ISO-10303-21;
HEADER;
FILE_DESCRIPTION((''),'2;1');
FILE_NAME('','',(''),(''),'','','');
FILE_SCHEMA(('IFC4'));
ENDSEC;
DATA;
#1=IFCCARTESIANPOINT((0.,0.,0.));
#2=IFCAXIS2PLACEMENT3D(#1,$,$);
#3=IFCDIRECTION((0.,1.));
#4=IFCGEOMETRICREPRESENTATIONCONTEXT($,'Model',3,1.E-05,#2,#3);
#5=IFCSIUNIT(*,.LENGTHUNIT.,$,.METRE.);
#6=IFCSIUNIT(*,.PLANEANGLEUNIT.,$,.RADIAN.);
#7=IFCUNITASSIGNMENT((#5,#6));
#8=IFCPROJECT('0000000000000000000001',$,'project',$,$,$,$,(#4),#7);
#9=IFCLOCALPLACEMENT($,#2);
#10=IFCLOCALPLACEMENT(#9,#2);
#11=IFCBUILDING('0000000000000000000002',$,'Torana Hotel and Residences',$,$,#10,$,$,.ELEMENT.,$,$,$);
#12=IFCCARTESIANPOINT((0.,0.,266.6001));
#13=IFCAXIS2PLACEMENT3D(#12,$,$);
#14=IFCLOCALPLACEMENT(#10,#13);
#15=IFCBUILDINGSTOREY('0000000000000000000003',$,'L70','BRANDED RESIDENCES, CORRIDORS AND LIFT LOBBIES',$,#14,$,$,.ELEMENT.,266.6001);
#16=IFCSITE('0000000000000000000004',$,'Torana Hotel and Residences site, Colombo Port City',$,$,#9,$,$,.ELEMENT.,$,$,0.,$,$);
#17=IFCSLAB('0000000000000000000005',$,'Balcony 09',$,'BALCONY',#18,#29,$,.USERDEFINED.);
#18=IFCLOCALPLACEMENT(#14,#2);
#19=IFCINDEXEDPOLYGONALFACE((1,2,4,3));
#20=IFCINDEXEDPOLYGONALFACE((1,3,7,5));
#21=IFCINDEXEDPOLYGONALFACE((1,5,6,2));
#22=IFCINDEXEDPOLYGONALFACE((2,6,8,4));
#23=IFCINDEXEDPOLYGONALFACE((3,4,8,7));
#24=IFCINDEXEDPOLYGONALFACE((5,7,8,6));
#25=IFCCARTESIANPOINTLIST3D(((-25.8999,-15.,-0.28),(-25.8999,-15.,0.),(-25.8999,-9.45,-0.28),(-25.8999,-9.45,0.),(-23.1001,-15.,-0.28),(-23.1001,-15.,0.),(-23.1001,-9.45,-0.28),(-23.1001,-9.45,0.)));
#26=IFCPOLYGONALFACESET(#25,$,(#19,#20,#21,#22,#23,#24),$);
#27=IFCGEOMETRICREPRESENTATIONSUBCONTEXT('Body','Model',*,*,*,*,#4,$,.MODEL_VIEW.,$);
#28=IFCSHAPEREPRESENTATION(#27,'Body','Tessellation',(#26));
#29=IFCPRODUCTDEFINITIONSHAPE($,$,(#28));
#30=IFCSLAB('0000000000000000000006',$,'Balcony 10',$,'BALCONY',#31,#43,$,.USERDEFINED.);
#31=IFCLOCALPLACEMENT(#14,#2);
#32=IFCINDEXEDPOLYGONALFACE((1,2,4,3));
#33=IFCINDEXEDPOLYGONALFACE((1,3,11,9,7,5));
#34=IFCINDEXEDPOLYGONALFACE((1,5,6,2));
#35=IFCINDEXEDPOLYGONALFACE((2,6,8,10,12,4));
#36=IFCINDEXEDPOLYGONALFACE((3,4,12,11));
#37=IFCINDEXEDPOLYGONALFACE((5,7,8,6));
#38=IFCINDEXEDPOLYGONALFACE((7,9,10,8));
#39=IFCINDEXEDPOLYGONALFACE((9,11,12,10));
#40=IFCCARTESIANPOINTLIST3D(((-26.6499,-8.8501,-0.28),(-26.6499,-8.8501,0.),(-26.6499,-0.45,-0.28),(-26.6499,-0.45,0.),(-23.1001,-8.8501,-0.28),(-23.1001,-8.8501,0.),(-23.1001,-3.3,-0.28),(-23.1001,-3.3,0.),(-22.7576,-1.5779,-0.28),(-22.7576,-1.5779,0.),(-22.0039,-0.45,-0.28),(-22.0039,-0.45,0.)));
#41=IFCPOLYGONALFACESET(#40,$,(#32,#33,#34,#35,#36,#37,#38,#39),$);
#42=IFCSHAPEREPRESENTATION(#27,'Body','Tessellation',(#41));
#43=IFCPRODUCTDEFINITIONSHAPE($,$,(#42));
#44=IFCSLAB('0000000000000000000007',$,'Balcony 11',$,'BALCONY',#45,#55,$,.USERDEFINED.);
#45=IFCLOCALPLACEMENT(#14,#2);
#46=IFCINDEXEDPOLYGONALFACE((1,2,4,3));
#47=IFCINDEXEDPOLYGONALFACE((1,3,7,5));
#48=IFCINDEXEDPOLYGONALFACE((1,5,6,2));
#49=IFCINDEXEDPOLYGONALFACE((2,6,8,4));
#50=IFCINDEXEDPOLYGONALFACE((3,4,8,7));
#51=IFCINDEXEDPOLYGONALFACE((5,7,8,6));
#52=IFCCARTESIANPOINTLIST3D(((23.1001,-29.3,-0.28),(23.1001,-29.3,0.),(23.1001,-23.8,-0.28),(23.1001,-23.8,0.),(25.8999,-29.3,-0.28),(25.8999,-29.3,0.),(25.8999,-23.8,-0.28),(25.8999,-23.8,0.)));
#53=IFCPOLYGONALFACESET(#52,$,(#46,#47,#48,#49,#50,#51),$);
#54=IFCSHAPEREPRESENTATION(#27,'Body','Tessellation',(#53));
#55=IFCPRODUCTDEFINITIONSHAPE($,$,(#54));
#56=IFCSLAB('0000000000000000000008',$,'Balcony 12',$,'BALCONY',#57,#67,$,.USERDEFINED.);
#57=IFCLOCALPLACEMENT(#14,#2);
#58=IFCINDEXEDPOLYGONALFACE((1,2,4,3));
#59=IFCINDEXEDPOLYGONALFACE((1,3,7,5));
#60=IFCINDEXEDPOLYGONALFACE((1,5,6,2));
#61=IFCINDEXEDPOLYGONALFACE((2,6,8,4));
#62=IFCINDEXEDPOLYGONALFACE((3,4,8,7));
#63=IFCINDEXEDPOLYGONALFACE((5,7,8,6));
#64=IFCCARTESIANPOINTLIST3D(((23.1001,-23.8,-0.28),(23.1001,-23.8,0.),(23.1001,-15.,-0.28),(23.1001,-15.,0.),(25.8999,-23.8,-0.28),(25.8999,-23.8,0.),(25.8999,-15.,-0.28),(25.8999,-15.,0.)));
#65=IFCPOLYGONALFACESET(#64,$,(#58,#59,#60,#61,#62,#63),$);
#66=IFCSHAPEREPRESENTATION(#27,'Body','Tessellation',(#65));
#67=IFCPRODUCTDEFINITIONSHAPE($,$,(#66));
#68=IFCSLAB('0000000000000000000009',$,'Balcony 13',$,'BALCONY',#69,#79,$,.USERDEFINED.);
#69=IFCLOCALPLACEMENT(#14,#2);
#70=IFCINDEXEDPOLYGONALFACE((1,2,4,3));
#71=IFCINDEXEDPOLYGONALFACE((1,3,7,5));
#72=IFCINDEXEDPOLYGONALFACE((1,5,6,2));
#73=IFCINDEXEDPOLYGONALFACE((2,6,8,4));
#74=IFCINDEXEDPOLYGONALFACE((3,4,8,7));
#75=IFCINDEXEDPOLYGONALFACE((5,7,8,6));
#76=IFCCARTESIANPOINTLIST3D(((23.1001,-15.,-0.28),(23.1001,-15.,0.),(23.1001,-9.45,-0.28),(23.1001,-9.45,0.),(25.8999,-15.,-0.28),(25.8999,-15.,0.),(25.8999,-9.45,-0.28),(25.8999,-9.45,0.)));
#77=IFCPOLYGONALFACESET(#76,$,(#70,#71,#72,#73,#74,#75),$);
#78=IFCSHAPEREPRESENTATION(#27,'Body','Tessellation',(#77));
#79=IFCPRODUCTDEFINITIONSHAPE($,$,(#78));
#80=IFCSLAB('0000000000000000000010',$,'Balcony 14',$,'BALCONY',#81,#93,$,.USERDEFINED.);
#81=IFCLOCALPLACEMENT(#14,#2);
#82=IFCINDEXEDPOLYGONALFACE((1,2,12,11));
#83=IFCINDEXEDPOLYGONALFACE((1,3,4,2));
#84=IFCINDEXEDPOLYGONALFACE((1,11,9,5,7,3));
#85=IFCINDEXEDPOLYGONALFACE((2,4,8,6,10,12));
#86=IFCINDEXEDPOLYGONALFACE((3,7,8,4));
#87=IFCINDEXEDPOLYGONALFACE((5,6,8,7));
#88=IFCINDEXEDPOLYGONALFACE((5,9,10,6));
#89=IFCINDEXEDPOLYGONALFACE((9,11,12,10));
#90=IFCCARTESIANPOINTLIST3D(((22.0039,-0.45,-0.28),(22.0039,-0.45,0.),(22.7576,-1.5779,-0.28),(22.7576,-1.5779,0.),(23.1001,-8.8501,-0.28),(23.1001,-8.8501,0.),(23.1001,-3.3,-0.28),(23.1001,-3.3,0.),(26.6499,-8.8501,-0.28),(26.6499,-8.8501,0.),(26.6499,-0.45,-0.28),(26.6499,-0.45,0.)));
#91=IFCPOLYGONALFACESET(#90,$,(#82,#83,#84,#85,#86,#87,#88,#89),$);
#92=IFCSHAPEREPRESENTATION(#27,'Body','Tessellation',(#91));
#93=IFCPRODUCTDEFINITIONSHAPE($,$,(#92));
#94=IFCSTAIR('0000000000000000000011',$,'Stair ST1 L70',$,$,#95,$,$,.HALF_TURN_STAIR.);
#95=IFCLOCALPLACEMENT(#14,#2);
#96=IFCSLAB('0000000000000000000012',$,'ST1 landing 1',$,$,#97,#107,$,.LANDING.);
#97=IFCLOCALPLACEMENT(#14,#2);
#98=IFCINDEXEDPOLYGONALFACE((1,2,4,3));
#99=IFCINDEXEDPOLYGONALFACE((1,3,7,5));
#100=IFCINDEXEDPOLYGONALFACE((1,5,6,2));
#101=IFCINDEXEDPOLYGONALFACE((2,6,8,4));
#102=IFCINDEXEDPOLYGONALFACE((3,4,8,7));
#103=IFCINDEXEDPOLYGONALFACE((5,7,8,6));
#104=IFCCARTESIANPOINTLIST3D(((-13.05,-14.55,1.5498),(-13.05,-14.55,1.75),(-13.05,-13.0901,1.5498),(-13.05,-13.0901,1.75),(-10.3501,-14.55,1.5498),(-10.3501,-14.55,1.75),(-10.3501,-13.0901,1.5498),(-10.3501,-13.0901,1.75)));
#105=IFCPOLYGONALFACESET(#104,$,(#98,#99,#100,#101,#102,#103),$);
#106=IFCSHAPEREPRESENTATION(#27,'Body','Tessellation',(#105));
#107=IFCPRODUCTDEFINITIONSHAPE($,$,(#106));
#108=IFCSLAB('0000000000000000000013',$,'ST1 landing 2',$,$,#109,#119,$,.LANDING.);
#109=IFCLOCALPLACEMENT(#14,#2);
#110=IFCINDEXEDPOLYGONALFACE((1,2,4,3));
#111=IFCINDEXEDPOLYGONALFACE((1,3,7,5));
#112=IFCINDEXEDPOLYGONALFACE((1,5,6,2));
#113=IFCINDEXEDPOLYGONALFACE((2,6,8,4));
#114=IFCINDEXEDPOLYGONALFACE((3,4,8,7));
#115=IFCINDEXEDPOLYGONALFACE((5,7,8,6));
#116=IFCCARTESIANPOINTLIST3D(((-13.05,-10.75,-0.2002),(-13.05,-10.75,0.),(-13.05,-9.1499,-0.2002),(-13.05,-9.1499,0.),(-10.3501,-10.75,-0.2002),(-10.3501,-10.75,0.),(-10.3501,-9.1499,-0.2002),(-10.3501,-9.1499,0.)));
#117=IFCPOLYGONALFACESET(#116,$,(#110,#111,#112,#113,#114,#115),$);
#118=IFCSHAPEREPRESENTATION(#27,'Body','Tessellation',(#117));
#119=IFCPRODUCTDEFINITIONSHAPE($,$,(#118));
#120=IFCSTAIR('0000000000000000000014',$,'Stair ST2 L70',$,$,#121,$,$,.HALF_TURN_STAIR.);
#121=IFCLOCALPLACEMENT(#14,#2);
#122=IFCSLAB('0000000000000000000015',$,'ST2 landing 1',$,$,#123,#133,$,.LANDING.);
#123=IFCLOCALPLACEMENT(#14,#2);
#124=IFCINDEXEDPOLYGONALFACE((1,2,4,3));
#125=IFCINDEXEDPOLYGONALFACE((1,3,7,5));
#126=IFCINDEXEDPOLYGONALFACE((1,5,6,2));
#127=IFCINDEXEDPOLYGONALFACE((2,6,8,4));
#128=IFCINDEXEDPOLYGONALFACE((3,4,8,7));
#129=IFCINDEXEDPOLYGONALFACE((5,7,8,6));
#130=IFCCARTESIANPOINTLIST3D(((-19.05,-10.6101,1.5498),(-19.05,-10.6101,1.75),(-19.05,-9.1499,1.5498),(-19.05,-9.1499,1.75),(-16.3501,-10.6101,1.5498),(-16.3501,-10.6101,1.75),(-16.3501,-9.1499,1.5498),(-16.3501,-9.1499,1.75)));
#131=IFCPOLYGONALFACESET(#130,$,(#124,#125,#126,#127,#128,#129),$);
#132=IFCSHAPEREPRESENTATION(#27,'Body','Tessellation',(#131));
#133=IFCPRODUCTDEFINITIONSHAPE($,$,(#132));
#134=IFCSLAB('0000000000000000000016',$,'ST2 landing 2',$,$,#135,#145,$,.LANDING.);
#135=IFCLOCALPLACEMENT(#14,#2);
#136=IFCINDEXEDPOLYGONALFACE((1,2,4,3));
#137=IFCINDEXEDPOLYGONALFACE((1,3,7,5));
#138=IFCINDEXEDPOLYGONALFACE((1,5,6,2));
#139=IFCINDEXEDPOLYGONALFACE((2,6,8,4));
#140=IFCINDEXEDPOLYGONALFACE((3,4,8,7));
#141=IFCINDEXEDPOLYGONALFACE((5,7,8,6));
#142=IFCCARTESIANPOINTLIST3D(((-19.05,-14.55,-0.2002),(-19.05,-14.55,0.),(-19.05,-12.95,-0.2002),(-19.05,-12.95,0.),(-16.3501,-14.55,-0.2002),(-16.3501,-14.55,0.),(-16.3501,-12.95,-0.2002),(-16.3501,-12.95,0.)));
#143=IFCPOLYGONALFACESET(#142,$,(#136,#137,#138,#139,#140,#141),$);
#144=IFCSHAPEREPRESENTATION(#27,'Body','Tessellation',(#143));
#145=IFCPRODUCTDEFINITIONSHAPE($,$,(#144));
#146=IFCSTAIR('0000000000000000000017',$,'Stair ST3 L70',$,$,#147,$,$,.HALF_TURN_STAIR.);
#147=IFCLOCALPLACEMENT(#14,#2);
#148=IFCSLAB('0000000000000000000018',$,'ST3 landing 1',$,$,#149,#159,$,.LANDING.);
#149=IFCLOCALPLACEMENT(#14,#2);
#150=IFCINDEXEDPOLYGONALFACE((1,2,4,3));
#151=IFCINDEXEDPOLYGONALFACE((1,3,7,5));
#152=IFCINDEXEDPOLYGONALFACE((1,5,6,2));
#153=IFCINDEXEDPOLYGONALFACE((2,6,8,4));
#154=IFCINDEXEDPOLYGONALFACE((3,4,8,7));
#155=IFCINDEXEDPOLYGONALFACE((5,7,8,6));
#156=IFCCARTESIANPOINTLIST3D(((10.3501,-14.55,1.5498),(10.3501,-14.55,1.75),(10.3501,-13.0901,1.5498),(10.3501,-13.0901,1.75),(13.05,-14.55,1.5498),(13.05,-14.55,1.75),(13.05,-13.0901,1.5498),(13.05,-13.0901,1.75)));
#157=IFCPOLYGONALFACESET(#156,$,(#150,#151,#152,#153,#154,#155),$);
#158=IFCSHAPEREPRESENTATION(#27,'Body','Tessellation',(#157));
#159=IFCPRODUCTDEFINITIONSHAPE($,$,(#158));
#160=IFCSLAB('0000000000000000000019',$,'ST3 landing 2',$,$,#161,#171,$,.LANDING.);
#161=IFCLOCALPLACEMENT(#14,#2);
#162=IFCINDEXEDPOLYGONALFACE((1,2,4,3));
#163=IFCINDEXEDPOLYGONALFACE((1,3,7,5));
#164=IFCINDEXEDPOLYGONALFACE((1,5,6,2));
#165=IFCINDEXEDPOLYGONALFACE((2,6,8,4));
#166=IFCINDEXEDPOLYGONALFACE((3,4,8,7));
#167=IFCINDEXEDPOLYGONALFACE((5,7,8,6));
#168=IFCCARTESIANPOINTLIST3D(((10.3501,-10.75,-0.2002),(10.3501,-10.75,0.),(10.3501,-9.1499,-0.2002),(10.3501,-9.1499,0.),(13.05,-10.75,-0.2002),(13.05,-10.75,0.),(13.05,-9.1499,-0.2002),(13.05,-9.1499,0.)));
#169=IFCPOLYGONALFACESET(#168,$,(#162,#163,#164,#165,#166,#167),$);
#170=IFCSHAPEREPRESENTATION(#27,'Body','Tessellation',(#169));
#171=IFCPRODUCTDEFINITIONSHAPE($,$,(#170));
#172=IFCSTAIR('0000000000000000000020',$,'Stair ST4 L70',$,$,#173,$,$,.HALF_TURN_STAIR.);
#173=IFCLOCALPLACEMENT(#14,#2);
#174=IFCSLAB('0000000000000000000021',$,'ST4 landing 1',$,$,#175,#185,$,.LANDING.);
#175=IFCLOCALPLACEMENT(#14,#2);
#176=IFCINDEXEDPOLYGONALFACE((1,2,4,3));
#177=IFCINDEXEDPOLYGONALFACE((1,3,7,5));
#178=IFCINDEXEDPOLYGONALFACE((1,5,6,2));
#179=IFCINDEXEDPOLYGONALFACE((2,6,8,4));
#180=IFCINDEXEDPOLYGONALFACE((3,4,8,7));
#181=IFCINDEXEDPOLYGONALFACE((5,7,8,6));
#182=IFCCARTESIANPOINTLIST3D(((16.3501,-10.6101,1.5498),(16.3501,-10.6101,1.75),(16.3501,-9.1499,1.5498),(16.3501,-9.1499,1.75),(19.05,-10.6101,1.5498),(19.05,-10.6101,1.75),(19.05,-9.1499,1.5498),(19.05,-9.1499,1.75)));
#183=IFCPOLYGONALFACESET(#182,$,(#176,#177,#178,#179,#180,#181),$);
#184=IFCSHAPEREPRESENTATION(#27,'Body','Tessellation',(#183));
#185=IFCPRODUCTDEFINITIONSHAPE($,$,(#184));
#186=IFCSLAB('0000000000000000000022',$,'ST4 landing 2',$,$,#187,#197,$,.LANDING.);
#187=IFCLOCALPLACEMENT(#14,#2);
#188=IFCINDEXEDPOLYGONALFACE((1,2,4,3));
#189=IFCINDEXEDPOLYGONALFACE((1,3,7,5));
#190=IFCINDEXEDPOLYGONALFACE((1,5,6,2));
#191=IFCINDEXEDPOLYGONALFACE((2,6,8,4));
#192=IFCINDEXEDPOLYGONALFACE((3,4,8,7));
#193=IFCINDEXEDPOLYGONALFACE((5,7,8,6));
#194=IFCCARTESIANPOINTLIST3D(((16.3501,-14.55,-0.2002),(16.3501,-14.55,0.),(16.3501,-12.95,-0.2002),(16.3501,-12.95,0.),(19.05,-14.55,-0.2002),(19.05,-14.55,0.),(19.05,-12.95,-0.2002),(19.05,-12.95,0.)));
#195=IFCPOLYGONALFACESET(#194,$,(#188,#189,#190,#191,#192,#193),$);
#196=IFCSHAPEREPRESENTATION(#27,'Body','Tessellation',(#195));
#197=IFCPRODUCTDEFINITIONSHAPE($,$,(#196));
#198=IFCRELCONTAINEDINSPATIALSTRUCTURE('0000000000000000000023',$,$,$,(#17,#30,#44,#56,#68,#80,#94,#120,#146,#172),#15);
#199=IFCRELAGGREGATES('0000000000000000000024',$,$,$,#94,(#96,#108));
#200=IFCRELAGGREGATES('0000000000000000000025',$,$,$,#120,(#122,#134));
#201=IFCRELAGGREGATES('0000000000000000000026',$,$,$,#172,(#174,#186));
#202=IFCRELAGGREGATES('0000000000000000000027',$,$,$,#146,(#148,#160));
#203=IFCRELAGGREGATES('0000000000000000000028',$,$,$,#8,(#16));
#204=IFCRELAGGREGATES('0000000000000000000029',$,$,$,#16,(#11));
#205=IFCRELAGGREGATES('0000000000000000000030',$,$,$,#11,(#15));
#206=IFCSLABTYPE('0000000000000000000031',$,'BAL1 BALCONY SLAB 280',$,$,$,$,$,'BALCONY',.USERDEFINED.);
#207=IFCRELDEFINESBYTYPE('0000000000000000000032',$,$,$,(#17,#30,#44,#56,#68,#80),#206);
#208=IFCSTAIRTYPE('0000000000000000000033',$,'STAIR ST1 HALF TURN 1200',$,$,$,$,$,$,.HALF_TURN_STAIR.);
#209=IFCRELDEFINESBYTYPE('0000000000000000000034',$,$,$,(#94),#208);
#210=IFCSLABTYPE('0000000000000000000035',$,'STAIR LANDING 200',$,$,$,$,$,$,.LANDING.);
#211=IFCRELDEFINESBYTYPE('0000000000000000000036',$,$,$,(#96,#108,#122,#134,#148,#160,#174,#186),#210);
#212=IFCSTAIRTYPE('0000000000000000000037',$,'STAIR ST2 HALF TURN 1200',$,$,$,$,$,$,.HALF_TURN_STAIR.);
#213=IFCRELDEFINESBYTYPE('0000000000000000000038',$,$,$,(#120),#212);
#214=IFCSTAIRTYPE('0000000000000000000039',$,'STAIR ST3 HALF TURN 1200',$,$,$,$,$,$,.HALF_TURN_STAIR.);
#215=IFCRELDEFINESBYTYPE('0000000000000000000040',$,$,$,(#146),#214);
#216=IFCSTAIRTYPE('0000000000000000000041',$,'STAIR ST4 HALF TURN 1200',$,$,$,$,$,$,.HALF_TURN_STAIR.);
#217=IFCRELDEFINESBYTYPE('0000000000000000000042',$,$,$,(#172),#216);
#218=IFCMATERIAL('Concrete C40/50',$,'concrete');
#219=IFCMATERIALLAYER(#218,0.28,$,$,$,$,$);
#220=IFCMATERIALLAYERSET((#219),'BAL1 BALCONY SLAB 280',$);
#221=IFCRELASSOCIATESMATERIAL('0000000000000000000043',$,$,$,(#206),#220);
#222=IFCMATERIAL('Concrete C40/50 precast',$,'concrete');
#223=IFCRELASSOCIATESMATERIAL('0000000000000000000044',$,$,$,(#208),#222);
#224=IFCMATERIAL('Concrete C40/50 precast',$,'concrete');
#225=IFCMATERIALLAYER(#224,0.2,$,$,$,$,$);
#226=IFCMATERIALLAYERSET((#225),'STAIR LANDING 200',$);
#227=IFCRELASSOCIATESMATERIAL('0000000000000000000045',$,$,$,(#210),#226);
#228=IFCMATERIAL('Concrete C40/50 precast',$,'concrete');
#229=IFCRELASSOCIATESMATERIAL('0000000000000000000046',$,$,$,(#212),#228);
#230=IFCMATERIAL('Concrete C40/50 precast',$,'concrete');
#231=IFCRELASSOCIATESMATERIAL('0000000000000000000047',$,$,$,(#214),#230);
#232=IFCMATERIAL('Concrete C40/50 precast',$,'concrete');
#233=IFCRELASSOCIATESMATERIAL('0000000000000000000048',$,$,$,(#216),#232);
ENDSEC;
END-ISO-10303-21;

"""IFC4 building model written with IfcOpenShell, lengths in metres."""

from ifc_helpers import new_model, si_unit, direction, frame, origin, place, context, subcontext, project, spatial, polyline, outline, extrude, material, layer, layer_set, type_object, element, aggregate, save


model = new_model("IFC4")

# Units and contexts
model_context = context("Model", 3, precision=1e-05, world=origin(), true_north=direction((0.0, 1.0)))
body_context = subcontext(model_context, "Body", "Model", "MODEL_VIEW")
ifc_project = project(units=[si_unit("LENGTHUNIT", "METRE"), si_unit("PLANEANGLEUNIT", "RADIAN")], contexts=[model_context])

# Site, building, storey
site_placement = place(None, origin())
site = spatial("IfcSite", under=ifc_project, at=site_placement, Name="Torana Hotel and Residences site, Colombo Port City", CompositionType="ELEMENT", RefElevation=0.0)
building_placement = place(site_placement, origin())
building = spatial("IfcBuilding", under=site, at=building_placement, Name="Torana Hotel and Residences", CompositionType="ELEMENT")
storey_placement = place(building_placement, frame((0.0, 0.0, 266.6001)))
storey = spatial("IfcBuildingStorey", under=building, at=storey_placement, Name="L70", Description="BRANDED RESIDENCES, CORRIDORS AND LIFT LOBBIES", CompositionType="ELEMENT", Elevation=266.6001)

# Slabs
ifc_material_1 = material(Name="Concrete C40/50", Category="concrete")
ifc_layer_1 = layer(ifc_material_1, 0.28)
ifc_layer_set_1 = layer_set([ifc_layer_1], Name="BAL1 BALCONY SLAB 280")
slab_type_1 = type_object("IfcSlabType", Name="BAL1 BALCONY SLAB 280", ElementType="BALCONY", PredefinedType="USERDEFINED", material=ifc_layer_set_1)
slab_1_placement = place(storey_placement, frame((0.0, 0.0, -0.28)))
element("IfcSlab", 1, at=slab_1_placement, inside=storey, type_object=slab_type_1, Name="Balcony 09", ObjectType="BALCONY", PredefinedType="USERDEFINED", context=body_context, shape_type="SweptSolid", body=[
    extrude(outline(polyline([(-25.8999, -15.0), (-23.1001, -15.0), (-23.1001, -9.45), (-25.8999, -9.45), (-25.8999, -15.0)])), origin(), (0.0, 0.0, 1.0), 0.28),
])
slab_2_placement = place(storey_placement, frame((0.0, 0.0, -0.28)))
element("IfcSlab", 2, at=slab_2_placement, inside=storey, type_object=slab_type_1, Name="Balcony 10", ObjectType="BALCONY", PredefinedType="USERDEFINED", context=body_context, shape_type="SweptSolid", body=[
    extrude(outline(polyline([(-26.6499, -8.8501), (-23.1001, -8.8501), (-23.1001, -3.3), (-22.7576, -1.5779), (-22.0039, -0.45), (-26.6499, -0.45), (-26.6499, -8.8501)])), origin(), (0.0, 0.0, 1.0), 0.28),
])
slab_3_placement = place(storey_placement, frame((0.0, 0.0, -0.28)))
element("IfcSlab", 3, at=slab_3_placement, inside=storey, type_object=slab_type_1, Name="Balcony 11", ObjectType="BALCONY", PredefinedType="USERDEFINED", context=body_context, shape_type="SweptSolid", body=[
    extrude(outline(polyline([(23.1001, -29.3), (25.8999, -29.3), (25.8999, -23.8), (23.1001, -23.8), (23.1001, -29.3)])), origin(), (0.0, 0.0, 1.0), 0.28),
])
slab_4_placement = place(storey_placement, frame((0.0, 0.0, -0.28)))
element("IfcSlab", 4, at=slab_4_placement, inside=storey, type_object=slab_type_1, Name="Balcony 12", ObjectType="BALCONY", PredefinedType="USERDEFINED", context=body_context, shape_type="SweptSolid", body=[
    extrude(outline(polyline([(23.1001, -23.8), (25.8999, -23.8), (25.8999, -15.0), (23.1001, -15.0), (23.1001, -23.8)])), origin(), (0.0, 0.0, 1.0), 0.28),
])
slab_5_placement = place(storey_placement, frame((0.0, 0.0, -0.28)))
element("IfcSlab", 5, at=slab_5_placement, inside=storey, type_object=slab_type_1, Name="Balcony 13", ObjectType="BALCONY", PredefinedType="USERDEFINED", context=body_context, shape_type="SweptSolid", body=[
    extrude(outline(polyline([(23.1001, -15.0), (25.8999, -15.0), (25.8999, -9.45), (23.1001, -9.45), (23.1001, -15.0)])), origin(), (0.0, 0.0, 1.0), 0.28),
])
slab_6_placement = place(storey_placement, frame((0.0, 0.0, -0.28)))
element("IfcSlab", 6, at=slab_6_placement, inside=storey, type_object=slab_type_1, Name="Balcony 14", ObjectType="BALCONY", PredefinedType="USERDEFINED", context=body_context, shape_type="SweptSolid", body=[
    extrude(outline(polyline([(23.1001, -8.8501), (26.6499, -8.8501), (26.6499, -0.45), (22.0039, -0.45), (22.7576, -1.5779), (23.1001, -3.3), (23.1001, -8.8501)])), origin(), (0.0, 0.0, 1.0), 0.28),
])

# Stairs, slabs
ifc_material_2 = material(Name="Concrete C40/50 precast", Category="concrete")
stair_type_1 = type_object("IfcStairType", Name="STAIR ST1 HALF TURN 1200", PredefinedType="HALF_TURN_STAIR", material=ifc_material_2)
stair_1_placement = place(storey_placement, origin())
stair_1 = element("IfcStair", 7, at=stair_1_placement, inside=storey, type_object=stair_type_1, Name="Stair ST1 L70", PredefinedType="HALF_TURN_STAIR")
ifc_material_3 = material(Name="Concrete C40/50 precast", Category="concrete")
ifc_layer_2 = layer(ifc_material_3, 0.2)
ifc_layer_set_2 = layer_set([ifc_layer_2], Name="STAIR LANDING 200")
slab_type_2 = type_object("IfcSlabType", Name="STAIR LANDING 200", PredefinedType="LANDING", material=ifc_layer_set_2)
slab_7_placement = place(storey_placement, frame((0.0, 0.0, 1.5498)))
slab_7 = element("IfcSlab", 8, at=slab_7_placement, type_object=slab_type_2, Name="ST1 landing 1", PredefinedType="LANDING", context=body_context, shape_type="SweptSolid", body=[
    extrude(outline(polyline([(-13.05, -14.55), (-10.3501, -14.55), (-10.3501, -13.0901), (-13.05, -13.0901), (-13.05, -14.55)])), origin(), (0.0, 0.0, 1.0), 0.2002),
])
slab_8_placement = place(storey_placement, frame((0.0, 0.0, -0.2002)))
slab_8 = element("IfcSlab", 9, at=slab_8_placement, type_object=slab_type_2, Name="ST1 landing 2", PredefinedType="LANDING", context=body_context, shape_type="SweptSolid", body=[
    extrude(outline(polyline([(-13.05, -10.75), (-10.3501, -10.75), (-10.3501, -9.1499), (-13.05, -9.1499), (-13.05, -10.75)])), origin(), (0.0, 0.0, 1.0), 0.2002),
])
aggregate(stair_1, [slab_7, slab_8])
ifc_material_4 = material(Name="Concrete C40/50 precast", Category="concrete")
stair_type_2 = type_object("IfcStairType", Name="STAIR ST2 HALF TURN 1200", PredefinedType="HALF_TURN_STAIR", material=ifc_material_4)
stair_2_placement = place(storey_placement, origin())
stair_2 = element("IfcStair", 10, at=stair_2_placement, inside=storey, type_object=stair_type_2, Name="Stair ST2 L70", PredefinedType="HALF_TURN_STAIR")
slab_9_placement = place(storey_placement, frame((0.0, 0.0, 1.5498)))
slab_9 = element("IfcSlab", 11, at=slab_9_placement, type_object=slab_type_2, Name="ST2 landing 1", PredefinedType="LANDING", context=body_context, shape_type="SweptSolid", body=[
    extrude(outline(polyline([(-19.05, -10.6101), (-16.3501, -10.6101), (-16.3501, -9.1499), (-19.05, -9.1499), (-19.05, -10.6101)])), origin(), (0.0, 0.0, 1.0), 0.2002),
])
slab_10_placement = place(storey_placement, frame((0.0, 0.0, -0.2002)))
slab_10 = element("IfcSlab", 12, at=slab_10_placement, type_object=slab_type_2, Name="ST2 landing 2", PredefinedType="LANDING", context=body_context, shape_type="SweptSolid", body=[
    extrude(outline(polyline([(-19.05, -14.55), (-16.3501, -14.55), (-16.3501, -12.95), (-19.05, -12.95), (-19.05, -14.55)])), origin(), (0.0, 0.0, 1.0), 0.2002),
])
aggregate(stair_2, [slab_9, slab_10])
ifc_material_5 = material(Name="Concrete C40/50 precast", Category="concrete")
stair_type_3 = type_object("IfcStairType", Name="STAIR ST3 HALF TURN 1200", PredefinedType="HALF_TURN_STAIR", material=ifc_material_5)
stair_3_placement = place(storey_placement, origin())
stair_3 = element("IfcStair", 13, at=stair_3_placement, inside=storey, type_object=stair_type_3, Name="Stair ST3 L70", PredefinedType="HALF_TURN_STAIR")
slab_11_placement = place(storey_placement, frame((0.0, 0.0, 1.5498)))
slab_11 = element("IfcSlab", 14, at=slab_11_placement, type_object=slab_type_2, Name="ST3 landing 1", PredefinedType="LANDING", context=body_context, shape_type="SweptSolid", body=[
    extrude(outline(polyline([(10.3501, -14.55), (13.05, -14.55), (13.05, -13.0901), (10.3501, -13.0901), (10.3501, -14.55)])), origin(), (0.0, 0.0, 1.0), 0.2002),
])
slab_12_placement = place(storey_placement, frame((0.0, 0.0, -0.2002)))
slab_12 = element("IfcSlab", 15, at=slab_12_placement, type_object=slab_type_2, Name="ST3 landing 2", PredefinedType="LANDING", context=body_context, shape_type="SweptSolid", body=[
    extrude(outline(polyline([(10.3501, -10.75), (13.05, -10.75), (13.05, -9.1499), (10.3501, -9.1499), (10.3501, -10.75)])), origin(), (0.0, 0.0, 1.0), 0.2002),
])
ifc_material_6 = material(Name="Concrete C40/50 precast", Category="concrete")
stair_type_4 = type_object("IfcStairType", Name="STAIR ST4 HALF TURN 1200", PredefinedType="HALF_TURN_STAIR", material=ifc_material_6)
stair_4_placement = place(storey_placement, origin())
stair_4 = element("IfcStair", 16, at=stair_4_placement, inside=storey, type_object=stair_type_4, Name="Stair ST4 L70", PredefinedType="HALF_TURN_STAIR")
slab_13_placement = place(storey_placement, frame((0.0, 0.0, 1.5498)))
slab_13 = element("IfcSlab", 17, at=slab_13_placement, type_object=slab_type_2, Name="ST4 landing 1", PredefinedType="LANDING", context=body_context, shape_type="SweptSolid", body=[
    extrude(outline(polyline([(16.3501, -10.6101), (19.05, -10.6101), (19.05, -9.1499), (16.3501, -9.1499), (16.3501, -10.6101)])), origin(), (0.0, 0.0, 1.0), 0.2002),
])
slab_14_placement = place(storey_placement, frame((0.0, 0.0, -0.2002)))
slab_14 = element("IfcSlab", 18, at=slab_14_placement, type_object=slab_type_2, Name="ST4 landing 2", PredefinedType="LANDING", context=body_context, shape_type="SweptSolid", body=[
    extrude(outline(polyline([(16.3501, -14.55), (19.05, -14.55), (19.05, -12.95), (16.3501, -12.95), (16.3501, -14.55)])), origin(), (0.0, 0.0, 1.0), 0.2002),
])
aggregate(stair_4, [slab_13, slab_14])

aggregate(stair_3, [slab_11, slab_12])

save(model, "model.ifc")
